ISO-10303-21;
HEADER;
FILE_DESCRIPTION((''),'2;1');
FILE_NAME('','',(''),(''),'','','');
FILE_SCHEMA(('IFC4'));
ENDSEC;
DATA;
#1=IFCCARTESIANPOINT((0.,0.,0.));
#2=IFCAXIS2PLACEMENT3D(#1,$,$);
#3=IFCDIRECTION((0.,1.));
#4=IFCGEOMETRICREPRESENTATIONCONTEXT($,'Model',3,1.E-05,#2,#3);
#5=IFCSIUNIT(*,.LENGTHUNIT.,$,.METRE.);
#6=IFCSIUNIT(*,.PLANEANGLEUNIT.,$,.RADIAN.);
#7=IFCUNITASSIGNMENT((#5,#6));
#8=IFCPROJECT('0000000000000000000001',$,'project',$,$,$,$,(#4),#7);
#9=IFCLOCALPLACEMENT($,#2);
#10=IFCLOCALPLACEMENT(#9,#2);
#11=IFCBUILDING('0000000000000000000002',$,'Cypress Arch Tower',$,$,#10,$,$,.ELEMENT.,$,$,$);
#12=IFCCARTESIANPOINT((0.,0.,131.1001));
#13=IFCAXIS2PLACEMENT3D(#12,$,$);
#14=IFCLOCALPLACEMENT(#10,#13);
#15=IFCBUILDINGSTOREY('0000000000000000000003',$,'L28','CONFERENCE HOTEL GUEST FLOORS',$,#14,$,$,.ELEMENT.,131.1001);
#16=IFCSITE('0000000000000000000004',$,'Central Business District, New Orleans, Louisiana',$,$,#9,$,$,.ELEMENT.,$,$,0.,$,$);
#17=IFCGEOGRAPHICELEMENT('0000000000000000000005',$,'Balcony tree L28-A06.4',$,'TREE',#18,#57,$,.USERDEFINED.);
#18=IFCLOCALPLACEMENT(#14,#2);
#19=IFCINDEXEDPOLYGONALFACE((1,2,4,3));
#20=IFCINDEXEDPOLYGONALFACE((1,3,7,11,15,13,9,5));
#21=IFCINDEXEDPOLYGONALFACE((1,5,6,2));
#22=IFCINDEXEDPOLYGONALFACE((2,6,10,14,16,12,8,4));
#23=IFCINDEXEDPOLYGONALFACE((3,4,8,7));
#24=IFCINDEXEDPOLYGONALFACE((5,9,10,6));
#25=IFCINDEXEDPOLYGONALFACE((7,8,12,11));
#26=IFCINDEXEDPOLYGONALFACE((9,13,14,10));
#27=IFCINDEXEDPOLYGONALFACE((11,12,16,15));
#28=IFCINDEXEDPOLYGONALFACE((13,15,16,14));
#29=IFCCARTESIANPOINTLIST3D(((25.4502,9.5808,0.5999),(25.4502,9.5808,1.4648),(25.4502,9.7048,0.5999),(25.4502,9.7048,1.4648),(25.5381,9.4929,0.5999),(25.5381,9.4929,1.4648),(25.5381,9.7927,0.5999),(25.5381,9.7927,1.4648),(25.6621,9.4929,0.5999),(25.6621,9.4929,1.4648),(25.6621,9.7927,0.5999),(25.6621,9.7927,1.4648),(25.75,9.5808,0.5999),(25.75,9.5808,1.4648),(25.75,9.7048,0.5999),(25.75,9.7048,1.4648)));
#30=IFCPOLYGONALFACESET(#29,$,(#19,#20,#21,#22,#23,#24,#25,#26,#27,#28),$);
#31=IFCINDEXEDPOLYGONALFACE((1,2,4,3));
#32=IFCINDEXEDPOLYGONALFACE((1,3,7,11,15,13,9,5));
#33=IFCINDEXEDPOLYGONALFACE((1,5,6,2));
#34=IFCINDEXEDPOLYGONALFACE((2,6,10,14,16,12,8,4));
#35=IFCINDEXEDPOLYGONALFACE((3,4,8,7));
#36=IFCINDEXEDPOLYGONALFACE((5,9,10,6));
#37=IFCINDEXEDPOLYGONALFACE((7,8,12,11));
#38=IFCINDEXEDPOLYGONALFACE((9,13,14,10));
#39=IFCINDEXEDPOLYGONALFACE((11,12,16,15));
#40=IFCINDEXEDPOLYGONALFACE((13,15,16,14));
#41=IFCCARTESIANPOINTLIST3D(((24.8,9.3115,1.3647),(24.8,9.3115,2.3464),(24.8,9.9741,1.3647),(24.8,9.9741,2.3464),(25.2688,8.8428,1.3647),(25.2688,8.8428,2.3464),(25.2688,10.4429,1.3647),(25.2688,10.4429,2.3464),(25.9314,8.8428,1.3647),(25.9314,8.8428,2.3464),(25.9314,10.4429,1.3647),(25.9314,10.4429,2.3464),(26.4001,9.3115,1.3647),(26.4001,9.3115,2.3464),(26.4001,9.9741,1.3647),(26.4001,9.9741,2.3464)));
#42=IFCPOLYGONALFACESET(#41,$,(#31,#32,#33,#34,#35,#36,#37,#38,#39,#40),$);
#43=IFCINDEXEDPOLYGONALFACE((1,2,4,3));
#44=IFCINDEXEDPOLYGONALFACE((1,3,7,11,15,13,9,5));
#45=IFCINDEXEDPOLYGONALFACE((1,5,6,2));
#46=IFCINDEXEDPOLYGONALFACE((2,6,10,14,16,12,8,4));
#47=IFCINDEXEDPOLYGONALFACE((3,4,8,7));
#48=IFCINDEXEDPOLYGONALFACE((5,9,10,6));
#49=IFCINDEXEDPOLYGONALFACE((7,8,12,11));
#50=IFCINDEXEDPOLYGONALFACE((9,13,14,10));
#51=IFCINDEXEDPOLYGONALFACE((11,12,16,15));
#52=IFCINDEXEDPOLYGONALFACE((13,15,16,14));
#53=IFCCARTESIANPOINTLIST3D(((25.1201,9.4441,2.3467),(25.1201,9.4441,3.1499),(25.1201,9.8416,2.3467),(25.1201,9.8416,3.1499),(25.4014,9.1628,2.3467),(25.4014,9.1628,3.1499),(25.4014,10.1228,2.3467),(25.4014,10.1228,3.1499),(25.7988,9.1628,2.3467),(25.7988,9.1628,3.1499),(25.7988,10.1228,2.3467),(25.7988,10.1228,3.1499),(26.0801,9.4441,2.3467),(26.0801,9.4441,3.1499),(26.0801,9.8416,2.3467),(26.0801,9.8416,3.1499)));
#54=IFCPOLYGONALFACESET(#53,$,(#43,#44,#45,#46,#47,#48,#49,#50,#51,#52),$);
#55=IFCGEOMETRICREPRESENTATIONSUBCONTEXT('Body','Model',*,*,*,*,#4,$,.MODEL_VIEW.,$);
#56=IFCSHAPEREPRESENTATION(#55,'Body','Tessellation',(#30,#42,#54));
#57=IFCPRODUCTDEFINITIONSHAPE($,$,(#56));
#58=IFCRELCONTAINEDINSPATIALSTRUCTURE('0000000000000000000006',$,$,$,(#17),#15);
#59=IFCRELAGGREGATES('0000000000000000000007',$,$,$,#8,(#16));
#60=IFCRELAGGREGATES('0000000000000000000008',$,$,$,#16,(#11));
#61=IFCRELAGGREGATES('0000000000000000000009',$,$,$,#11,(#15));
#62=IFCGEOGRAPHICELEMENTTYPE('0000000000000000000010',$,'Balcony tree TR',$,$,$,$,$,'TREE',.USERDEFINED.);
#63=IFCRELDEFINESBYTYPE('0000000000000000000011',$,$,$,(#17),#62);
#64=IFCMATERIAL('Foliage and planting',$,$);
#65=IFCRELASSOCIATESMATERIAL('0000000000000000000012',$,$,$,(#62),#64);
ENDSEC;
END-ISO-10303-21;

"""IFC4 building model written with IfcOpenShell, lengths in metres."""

from ifc_helpers import new_model, si_unit, direction, frame, origin, place, context, subcontext, project, spatial, polyline, outline, extrude, material, type_object, element, save


model = new_model("IFC4")

# Units and contexts
model_context = context("Model", 3, precision=1e-05, world=origin(), true_north=direction((0.0, 1.0)))
body_context = subcontext(model_context, "Body", "Model", "MODEL_VIEW")
ifc_project = project(units=[si_unit("LENGTHUNIT", "METRE"), si_unit("PLANEANGLEUNIT", "RADIAN")], contexts=[model_context])

# Site, building, storey
site_placement = place(None, origin())
site = spatial("IfcSite", under=ifc_project, at=site_placement, Name="Central Business District, New Orleans, Louisiana", CompositionType="ELEMENT", RefElevation=0.0)
building_placement = place(site_placement, origin())
building = spatial("IfcBuilding", under=site, at=building_placement, Name="Cypress Arch Tower", CompositionType="ELEMENT")
storey_placement = place(building_placement, frame((0.0, 0.0, 131.1001)))
storey = spatial("IfcBuildingStorey", under=building, at=storey_placement, Name="L28", Description="CONFERENCE HOTEL GUEST FLOORS", CompositionType="ELEMENT", Elevation=131.1001)

# Geographic element
ifc_material_1 = material(Name="Foliage and planting")
geographic_element_type = type_object("IfcGeographicElementType", Name="Balcony tree TR", ElementType="TREE", PredefinedType="USERDEFINED", material=ifc_material_1)
for number, where, z_axis, x_axis, name in (
    (1, (25.6001, 9.6428, 0.5999), (0.0, 0.0, 1.0), (1.0, 0.0, 0.0), "Balcony tree L28-A06.4"),
):
    element("IfcGeographicElement", number, at=place(storey_placement, frame(where, z_axis=z_axis, x_axis=x_axis)), inside=storey, type_object=geographic_element_type, Name=name, ObjectType="TREE", PredefinedType="USERDEFINED", context=body_context, shape_type="SweptSolid", body=[
        extrude(outline(polyline([(0.1499, 0.062), (0.062, 0.1499), (-0.062, 0.1499), (-0.1499, 0.062), (-0.1499, -0.062), (-0.062, -0.1499), (0.062, -0.1499), (0.1499, -0.062), (0.1499, 0.062)])), origin(), (0.0, 0.0, 1.0), 0.865),
        extrude(outline(polyline([(0.8, 0.3313), (0.3313, 0.8), (-0.3313, 0.8), (-0.8, 0.3313), (-0.8, -0.3313), (-0.3313, -0.8), (0.3313, -0.8), (0.8, -0.3313), (0.8, 0.3313)])), frame((0.0, 0.0, 0.7649)), (0.0, 0.0, 1.0), 0.9817),
        extrude(outline(polyline([(0.48, 0.1987), (0.1987, 0.48), (-0.1987, 0.48), (-0.48, 0.1987), (-0.48, -0.1987), (-0.1987, -0.48), (0.1987, -0.48), (0.48, -0.1987), (0.48, 0.1987)])), frame((0.0, 0.0, 1.7468)), (0.0, 0.0, 1.0), 0.8032),
    ])

save(model, "model.ifc")
